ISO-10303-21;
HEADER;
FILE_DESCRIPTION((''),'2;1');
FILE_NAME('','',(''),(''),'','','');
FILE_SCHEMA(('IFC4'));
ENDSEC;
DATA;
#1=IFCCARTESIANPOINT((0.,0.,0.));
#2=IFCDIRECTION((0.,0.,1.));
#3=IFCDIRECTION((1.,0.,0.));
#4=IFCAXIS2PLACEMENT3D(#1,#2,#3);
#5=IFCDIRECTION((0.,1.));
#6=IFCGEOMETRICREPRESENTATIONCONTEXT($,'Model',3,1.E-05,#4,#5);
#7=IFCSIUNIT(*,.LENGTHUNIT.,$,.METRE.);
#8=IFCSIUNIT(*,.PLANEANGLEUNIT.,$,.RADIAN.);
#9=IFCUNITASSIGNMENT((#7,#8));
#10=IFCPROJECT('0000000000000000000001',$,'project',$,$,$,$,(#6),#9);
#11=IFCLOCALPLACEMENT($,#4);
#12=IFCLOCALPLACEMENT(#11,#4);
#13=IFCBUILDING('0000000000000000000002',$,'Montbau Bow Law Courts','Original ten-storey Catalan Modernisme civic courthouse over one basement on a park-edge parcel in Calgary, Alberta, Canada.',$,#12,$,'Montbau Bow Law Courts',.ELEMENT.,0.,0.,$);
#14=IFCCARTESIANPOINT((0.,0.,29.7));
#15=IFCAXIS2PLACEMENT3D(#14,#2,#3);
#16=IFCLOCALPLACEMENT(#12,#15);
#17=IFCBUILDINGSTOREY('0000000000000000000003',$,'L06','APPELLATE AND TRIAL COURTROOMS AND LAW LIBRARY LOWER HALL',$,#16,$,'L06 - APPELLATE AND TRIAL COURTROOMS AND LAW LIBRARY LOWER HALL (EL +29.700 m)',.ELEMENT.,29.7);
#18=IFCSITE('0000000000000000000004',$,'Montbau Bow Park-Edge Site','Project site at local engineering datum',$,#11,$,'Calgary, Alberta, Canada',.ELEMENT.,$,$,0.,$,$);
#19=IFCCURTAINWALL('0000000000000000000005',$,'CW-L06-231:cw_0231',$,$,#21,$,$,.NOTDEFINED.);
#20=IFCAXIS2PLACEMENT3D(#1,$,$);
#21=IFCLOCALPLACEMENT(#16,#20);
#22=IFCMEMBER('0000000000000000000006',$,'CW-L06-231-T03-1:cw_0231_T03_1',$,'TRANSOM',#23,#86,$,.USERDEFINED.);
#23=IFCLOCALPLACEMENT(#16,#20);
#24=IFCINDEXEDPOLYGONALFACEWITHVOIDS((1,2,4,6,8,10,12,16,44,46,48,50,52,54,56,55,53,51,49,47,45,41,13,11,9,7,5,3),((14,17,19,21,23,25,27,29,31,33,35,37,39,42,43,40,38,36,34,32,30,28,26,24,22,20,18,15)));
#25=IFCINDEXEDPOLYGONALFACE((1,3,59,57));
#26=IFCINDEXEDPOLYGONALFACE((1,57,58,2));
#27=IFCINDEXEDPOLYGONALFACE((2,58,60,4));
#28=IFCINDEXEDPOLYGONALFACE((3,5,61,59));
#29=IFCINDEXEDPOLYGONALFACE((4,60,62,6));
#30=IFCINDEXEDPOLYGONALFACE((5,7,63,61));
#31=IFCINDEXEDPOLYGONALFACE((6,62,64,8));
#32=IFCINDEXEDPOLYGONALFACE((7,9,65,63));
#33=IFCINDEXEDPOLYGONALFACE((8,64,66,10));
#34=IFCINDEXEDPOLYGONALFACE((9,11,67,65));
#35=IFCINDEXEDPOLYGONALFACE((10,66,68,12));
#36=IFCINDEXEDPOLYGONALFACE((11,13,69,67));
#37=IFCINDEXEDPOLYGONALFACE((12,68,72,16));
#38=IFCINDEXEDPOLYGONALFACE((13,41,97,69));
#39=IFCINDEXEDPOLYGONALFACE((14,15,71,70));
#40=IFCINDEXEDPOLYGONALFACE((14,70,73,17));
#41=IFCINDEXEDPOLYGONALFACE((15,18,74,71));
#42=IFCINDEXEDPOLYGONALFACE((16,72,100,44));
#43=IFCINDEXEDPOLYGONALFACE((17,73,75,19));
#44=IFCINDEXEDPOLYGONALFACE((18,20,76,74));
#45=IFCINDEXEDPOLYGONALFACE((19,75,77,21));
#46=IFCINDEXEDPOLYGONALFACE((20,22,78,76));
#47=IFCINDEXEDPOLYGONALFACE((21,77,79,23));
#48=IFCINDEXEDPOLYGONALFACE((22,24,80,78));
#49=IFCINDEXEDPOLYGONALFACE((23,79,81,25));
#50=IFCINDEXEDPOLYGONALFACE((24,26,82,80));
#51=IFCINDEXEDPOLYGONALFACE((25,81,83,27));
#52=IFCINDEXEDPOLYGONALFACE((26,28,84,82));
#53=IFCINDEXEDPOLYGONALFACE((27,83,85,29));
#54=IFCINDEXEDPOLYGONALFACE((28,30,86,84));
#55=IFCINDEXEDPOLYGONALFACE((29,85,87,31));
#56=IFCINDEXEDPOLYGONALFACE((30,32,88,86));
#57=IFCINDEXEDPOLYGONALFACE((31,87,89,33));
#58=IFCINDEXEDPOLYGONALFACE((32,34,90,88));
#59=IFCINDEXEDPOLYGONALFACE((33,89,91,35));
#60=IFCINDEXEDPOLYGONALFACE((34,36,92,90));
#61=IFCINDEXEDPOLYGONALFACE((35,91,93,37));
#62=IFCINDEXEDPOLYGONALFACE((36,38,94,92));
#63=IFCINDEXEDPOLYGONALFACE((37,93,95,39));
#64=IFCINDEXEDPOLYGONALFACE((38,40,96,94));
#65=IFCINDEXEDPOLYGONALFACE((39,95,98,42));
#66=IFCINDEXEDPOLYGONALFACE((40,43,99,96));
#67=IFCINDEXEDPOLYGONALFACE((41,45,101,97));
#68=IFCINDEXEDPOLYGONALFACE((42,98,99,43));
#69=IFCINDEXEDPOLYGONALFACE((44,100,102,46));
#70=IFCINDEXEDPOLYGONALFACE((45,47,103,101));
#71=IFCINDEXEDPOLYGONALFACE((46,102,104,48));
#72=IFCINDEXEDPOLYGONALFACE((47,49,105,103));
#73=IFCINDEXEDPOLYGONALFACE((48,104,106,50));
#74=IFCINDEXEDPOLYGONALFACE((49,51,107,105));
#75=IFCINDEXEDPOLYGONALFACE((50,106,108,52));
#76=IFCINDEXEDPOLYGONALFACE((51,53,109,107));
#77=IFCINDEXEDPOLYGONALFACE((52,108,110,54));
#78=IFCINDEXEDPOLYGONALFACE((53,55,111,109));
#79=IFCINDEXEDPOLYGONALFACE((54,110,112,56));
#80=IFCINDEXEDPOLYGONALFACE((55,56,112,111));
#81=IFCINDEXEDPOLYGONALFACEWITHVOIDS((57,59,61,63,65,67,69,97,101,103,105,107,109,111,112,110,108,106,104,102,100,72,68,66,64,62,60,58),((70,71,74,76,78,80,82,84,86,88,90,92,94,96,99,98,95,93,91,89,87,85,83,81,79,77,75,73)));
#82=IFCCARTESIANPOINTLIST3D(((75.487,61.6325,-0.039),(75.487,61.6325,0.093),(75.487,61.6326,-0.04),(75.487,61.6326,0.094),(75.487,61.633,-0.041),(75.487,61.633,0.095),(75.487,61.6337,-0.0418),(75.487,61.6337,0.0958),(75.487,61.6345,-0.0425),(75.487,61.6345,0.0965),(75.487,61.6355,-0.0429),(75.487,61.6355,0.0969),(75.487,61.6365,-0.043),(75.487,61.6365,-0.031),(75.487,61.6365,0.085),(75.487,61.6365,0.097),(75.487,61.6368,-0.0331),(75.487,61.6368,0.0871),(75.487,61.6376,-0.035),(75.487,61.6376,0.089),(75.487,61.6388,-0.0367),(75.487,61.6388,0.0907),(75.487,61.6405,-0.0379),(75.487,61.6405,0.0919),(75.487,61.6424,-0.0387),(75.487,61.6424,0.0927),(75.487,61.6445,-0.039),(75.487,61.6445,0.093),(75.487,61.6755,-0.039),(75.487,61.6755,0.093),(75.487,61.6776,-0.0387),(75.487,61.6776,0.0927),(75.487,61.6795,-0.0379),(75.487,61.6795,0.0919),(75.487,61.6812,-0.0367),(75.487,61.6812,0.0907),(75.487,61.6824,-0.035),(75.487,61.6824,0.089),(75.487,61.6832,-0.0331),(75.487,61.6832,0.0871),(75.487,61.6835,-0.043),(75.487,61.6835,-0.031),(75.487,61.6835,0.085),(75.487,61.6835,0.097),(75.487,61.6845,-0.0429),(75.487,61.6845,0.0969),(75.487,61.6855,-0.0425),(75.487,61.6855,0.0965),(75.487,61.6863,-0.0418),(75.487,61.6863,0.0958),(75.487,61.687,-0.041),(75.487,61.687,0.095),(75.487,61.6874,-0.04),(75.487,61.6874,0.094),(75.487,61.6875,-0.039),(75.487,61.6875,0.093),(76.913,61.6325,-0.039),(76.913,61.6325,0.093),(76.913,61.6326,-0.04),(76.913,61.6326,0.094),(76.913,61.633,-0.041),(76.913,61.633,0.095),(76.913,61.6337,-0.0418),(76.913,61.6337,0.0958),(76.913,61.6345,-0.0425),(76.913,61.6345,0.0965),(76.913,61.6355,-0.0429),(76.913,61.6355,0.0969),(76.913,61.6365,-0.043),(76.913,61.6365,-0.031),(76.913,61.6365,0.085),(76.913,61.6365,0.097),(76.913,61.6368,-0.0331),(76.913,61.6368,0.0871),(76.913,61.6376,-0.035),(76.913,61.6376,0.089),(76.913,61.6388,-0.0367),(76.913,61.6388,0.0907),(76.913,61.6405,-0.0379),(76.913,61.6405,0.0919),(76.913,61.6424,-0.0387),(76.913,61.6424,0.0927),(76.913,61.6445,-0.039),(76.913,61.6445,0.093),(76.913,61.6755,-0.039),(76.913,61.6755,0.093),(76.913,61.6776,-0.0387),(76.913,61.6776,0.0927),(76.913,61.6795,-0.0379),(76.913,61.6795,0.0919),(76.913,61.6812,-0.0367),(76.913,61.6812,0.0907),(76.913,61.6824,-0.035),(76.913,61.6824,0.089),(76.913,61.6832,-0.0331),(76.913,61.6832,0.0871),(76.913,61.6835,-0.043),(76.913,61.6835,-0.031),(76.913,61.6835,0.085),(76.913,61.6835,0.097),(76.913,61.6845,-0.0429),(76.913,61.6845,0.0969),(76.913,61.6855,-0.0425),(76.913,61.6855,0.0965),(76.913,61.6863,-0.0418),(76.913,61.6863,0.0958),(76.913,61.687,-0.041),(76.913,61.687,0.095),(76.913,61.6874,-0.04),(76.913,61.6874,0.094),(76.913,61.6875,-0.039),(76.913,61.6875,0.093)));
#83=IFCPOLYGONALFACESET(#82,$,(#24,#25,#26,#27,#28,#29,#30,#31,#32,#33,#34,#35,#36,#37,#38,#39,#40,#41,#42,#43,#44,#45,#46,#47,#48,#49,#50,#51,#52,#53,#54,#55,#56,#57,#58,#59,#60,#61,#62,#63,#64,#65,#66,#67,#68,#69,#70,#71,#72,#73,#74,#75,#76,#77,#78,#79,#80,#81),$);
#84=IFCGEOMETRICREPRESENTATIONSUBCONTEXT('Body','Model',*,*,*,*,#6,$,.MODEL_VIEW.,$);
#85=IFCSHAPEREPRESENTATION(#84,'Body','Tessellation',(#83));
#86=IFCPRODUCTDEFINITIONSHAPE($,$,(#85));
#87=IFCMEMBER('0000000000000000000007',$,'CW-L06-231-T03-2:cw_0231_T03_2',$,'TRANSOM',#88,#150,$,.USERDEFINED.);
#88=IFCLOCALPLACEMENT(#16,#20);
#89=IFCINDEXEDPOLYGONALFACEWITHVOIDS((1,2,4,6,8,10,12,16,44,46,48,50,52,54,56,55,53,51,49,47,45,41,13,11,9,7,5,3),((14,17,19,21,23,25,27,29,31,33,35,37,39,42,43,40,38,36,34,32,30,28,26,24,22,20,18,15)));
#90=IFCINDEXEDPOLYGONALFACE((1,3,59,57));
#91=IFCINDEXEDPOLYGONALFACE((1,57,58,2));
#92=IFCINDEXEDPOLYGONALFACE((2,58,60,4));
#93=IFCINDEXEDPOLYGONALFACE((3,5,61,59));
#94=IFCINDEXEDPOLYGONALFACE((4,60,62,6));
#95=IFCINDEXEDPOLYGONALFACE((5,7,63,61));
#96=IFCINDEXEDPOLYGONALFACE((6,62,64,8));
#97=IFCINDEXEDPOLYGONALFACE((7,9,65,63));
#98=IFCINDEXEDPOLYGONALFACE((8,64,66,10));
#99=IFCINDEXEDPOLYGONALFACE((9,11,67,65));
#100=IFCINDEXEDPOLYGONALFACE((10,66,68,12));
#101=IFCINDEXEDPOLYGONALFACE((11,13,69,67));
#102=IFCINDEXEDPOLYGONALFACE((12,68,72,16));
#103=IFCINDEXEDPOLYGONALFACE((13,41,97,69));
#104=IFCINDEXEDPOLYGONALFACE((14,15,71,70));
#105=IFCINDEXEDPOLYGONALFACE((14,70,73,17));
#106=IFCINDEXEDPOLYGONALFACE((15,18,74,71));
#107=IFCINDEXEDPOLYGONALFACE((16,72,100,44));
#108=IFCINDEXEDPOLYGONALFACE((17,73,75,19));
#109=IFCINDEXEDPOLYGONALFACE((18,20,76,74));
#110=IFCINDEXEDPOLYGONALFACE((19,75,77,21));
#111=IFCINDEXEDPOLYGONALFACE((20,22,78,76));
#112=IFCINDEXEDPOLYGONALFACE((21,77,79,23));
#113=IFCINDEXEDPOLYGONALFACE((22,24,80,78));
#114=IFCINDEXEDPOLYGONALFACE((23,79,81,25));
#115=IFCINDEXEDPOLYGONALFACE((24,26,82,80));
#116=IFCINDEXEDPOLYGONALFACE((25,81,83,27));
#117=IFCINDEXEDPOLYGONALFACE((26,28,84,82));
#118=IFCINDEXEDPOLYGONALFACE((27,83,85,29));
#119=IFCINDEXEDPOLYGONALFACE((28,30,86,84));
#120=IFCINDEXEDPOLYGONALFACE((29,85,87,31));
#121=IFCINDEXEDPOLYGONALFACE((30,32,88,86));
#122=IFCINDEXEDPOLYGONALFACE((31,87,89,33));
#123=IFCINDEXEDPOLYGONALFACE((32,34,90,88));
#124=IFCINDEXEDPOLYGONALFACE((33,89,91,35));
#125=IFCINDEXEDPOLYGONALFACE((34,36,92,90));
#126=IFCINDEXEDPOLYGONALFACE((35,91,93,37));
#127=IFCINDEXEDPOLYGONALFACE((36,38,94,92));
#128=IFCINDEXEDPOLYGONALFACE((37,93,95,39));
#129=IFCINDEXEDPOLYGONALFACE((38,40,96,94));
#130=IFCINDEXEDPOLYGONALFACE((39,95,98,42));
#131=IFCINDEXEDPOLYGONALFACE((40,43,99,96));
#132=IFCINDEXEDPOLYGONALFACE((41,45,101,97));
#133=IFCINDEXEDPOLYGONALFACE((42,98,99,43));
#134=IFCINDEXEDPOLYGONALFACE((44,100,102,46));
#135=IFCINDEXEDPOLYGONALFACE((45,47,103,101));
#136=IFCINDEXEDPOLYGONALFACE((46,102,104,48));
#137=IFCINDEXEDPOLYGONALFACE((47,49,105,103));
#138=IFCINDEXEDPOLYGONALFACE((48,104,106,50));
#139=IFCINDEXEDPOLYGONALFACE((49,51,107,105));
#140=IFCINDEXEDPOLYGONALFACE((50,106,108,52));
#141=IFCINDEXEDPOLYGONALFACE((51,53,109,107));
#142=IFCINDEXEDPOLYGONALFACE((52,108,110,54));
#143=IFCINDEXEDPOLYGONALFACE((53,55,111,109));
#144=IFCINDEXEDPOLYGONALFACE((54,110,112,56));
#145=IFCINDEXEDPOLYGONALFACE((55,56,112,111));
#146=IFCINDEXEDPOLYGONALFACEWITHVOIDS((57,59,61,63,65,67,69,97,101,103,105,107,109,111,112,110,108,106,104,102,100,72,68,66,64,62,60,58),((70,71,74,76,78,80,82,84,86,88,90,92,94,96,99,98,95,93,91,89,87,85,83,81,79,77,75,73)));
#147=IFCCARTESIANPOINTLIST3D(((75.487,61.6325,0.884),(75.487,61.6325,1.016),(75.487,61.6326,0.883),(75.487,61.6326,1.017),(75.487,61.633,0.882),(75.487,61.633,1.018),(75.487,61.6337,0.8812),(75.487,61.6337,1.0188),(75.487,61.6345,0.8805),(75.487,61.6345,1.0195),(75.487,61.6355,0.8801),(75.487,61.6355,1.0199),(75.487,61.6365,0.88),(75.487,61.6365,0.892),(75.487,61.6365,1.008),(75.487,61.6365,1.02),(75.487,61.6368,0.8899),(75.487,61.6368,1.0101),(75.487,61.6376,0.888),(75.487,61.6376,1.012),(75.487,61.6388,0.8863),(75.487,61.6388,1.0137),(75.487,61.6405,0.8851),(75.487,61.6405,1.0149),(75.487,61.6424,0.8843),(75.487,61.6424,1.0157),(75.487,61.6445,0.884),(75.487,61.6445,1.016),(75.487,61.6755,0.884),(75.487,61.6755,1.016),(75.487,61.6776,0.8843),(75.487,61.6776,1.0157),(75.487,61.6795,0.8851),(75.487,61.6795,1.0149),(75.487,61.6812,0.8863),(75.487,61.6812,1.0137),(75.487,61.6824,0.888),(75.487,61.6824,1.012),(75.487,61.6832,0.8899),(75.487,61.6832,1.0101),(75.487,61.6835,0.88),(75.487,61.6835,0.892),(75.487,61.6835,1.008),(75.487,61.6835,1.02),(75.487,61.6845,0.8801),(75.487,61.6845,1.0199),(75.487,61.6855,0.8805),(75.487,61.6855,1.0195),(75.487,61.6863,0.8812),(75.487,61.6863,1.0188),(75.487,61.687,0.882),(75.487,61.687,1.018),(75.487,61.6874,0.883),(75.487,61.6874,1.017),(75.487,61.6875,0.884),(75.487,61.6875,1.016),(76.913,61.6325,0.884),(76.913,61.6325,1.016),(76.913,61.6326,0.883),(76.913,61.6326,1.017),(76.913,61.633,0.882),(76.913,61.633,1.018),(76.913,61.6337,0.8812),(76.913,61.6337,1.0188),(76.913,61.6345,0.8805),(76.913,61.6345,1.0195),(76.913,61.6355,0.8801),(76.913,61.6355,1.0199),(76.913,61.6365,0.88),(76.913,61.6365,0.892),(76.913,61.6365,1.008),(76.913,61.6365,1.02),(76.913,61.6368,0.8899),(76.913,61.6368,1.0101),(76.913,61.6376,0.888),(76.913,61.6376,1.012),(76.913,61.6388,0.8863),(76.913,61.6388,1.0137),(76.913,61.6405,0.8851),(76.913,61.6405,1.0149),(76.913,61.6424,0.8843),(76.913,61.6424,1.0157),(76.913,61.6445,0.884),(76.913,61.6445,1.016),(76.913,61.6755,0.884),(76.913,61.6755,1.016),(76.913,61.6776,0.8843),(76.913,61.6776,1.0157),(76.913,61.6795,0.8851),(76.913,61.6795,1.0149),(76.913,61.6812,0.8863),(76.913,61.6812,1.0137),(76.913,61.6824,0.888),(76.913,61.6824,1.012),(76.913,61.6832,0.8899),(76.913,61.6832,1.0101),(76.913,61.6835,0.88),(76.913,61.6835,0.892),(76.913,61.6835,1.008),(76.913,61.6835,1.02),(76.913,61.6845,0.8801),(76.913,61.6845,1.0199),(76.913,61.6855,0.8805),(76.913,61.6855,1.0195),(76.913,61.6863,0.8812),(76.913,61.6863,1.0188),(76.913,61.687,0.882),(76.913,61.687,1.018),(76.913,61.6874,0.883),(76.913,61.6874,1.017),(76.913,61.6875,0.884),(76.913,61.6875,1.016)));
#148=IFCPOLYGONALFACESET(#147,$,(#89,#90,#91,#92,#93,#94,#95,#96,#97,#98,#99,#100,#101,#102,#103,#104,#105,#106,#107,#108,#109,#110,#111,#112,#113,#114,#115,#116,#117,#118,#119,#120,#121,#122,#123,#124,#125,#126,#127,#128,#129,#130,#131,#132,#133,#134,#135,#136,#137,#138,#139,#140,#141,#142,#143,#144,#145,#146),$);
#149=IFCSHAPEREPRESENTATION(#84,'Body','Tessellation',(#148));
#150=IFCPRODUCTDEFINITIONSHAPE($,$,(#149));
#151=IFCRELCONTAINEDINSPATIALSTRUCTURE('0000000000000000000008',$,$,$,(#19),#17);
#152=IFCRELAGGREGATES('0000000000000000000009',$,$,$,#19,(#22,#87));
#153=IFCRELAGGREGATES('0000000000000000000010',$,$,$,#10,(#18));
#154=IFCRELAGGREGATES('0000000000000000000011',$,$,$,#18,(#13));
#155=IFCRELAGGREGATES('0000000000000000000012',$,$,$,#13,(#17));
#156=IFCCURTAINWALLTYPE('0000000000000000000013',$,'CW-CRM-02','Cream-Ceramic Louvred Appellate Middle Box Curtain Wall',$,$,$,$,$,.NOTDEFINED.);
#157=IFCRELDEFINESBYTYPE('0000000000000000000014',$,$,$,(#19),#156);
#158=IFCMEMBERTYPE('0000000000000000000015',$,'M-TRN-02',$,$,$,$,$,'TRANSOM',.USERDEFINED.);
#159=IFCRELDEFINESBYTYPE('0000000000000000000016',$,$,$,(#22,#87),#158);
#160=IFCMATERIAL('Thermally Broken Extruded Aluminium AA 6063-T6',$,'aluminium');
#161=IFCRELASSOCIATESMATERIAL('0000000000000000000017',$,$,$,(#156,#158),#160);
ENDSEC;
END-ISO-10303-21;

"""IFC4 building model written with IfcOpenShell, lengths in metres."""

from ifc_helpers import new_model, si_unit, direction, frame, origin_with_axes, origin_2d_with_axis, place, context, subcontext, project, spatial, hollow_rectangle, extrude, material, material_profile, profile_set, type_object, element, aggregate, save


model = new_model("IFC4")

# Units and contexts
model_context = context("Model", 3, precision=1e-05, world=origin_with_axes(), true_north=direction((0.0, 1.0)))
body_context = subcontext(model_context, "Body", "Model", "MODEL_VIEW")
ifc_project = project(units=[si_unit("LENGTHUNIT", "METRE"), si_unit("PLANEANGLEUNIT", "RADIAN")], contexts=[model_context])

# Site, building, storey
site_placement = place(None, origin_with_axes())
site = spatial("IfcSite", under=ifc_project, at=site_placement, Name="Montbau Bow Park-Edge Site", Description="Project site at local engineering datum", LongName="Calgary, Alberta, Canada", CompositionType="ELEMENT", RefElevation=0.0)
building_placement = place(site_placement, origin_with_axes())
building = spatial("IfcBuilding", under=site, at=building_placement, Name="Montbau Bow Law Courts", Description="Original ten-storey Catalan Modernisme civic courthouse over one basement on a park-edge parcel in Calgary, Alberta, Canada.", LongName="Montbau Bow Law Courts", CompositionType="ELEMENT", ElevationOfRefHeight=0.0, ElevationOfTerrain=0.0)
storey_placement = place(building_placement, frame((0.0, 0.0, 29.7), z_axis=(0.0, 0.0, 1.0), x_axis=(1.0, 0.0, 0.0)))
storey = spatial("IfcBuildingStorey", under=building, at=storey_placement, Name="L06", Description="APPELLATE AND TRIAL COURTROOMS AND LAW LIBRARY LOWER HALL", LongName="L06 - APPELLATE AND TRIAL COURTROOMS AND LAW LIBRARY LOWER HALL (EL +29.700 m)", CompositionType="ELEMENT", Elevation=29.7)

# Curtain wall, members
ifc_material_1 = material(Name="Thermally Broken Extruded Aluminium AA 6063-T6", Category="aluminium")
curtain_wall_type = type_object("IfcCurtainWallType", Name="CW-CRM-02", Description="Cream-Ceramic Louvred Appellate Middle Box Curtain Wall", PredefinedType="NOTDEFINED", material=ifc_material_1)
curtain_wall_placement = place(None, frame((72.44, 61.66, 29.7), z_axis=(0.0, 0.0, 1.0), x_axis=(1.0, 0.0, 0.0)))
curtain_wall = element("IfcCurtainWall", 1, at=curtain_wall_placement, inside=storey, type_object=curtain_wall_type, Name="CW-L06-231:cw_0231", PredefinedType="NOTDEFINED")
ifc_material_profile_1 = material_profile(ifc_material_1, hollow_rectangle(XDim=0.055, YDim=0.14, WallThickness=0.004, InnerFilletRadius=0.008, OuterFilletRadius=0.004, at=origin_2d_with_axis()), Name="CWT-140X55", Category="Main", Priority=0)
ifc_profile_set_1 = profile_set([ifc_material_profile_1], Name="Thermally Broken Extruded Aluminium AA 6063-T6")
member_type_1 = type_object("IfcMemberType", Name="M-TRN-02", ElementType="TRANSOM", PredefinedType="USERDEFINED", material=ifc_profile_set_1)
member_1_placement = place(None, frame((75.487, 61.66, 29.727), z_axis=(1.0, 0.0, 0.0), x_axis=(0.0, 1.0, 0.0)))
member_1 = element("IfcMember", 2, at=member_1_placement, type_object=member_type_1, Name="CW-L06-231-T03-1:cw_0231_T03_1", ObjectType="TRANSOM", PredefinedType="USERDEFINED", context=body_context, shape_type="SweptSolid", body=[
    extrude(hollow_rectangle(XDim=0.055, YDim=0.14, WallThickness=0.004, InnerFilletRadius=0.008, OuterFilletRadius=0.004, at=origin_2d_with_axis()), origin_with_axes(), (0.0, 0.0, 1.0), 1.426),
])
member_2_placement = place(None, frame((75.487, 61.66, 30.65), z_axis=(1.0, 0.0, 0.0), x_axis=(0.0, 1.0, 0.0)))
member_2 = element("IfcMember", 3, at=member_2_placement, type_object=member_type_1, Name="CW-L06-231-T03-2:cw_0231_T03_2", ObjectType="TRANSOM", PredefinedType="USERDEFINED", context=body_context, shape_type="SweptSolid", body=[
    extrude(hollow_rectangle(XDim=0.055, YDim=0.14, WallThickness=0.004, InnerFilletRadius=0.008, OuterFilletRadius=0.004, at=origin_2d_with_axis()), origin_with_axes(), (0.0, 0.0, 1.0), 1.426),
])
aggregate(curtain_wall, [member_1, member_2])

save(model, "model.ifc")
